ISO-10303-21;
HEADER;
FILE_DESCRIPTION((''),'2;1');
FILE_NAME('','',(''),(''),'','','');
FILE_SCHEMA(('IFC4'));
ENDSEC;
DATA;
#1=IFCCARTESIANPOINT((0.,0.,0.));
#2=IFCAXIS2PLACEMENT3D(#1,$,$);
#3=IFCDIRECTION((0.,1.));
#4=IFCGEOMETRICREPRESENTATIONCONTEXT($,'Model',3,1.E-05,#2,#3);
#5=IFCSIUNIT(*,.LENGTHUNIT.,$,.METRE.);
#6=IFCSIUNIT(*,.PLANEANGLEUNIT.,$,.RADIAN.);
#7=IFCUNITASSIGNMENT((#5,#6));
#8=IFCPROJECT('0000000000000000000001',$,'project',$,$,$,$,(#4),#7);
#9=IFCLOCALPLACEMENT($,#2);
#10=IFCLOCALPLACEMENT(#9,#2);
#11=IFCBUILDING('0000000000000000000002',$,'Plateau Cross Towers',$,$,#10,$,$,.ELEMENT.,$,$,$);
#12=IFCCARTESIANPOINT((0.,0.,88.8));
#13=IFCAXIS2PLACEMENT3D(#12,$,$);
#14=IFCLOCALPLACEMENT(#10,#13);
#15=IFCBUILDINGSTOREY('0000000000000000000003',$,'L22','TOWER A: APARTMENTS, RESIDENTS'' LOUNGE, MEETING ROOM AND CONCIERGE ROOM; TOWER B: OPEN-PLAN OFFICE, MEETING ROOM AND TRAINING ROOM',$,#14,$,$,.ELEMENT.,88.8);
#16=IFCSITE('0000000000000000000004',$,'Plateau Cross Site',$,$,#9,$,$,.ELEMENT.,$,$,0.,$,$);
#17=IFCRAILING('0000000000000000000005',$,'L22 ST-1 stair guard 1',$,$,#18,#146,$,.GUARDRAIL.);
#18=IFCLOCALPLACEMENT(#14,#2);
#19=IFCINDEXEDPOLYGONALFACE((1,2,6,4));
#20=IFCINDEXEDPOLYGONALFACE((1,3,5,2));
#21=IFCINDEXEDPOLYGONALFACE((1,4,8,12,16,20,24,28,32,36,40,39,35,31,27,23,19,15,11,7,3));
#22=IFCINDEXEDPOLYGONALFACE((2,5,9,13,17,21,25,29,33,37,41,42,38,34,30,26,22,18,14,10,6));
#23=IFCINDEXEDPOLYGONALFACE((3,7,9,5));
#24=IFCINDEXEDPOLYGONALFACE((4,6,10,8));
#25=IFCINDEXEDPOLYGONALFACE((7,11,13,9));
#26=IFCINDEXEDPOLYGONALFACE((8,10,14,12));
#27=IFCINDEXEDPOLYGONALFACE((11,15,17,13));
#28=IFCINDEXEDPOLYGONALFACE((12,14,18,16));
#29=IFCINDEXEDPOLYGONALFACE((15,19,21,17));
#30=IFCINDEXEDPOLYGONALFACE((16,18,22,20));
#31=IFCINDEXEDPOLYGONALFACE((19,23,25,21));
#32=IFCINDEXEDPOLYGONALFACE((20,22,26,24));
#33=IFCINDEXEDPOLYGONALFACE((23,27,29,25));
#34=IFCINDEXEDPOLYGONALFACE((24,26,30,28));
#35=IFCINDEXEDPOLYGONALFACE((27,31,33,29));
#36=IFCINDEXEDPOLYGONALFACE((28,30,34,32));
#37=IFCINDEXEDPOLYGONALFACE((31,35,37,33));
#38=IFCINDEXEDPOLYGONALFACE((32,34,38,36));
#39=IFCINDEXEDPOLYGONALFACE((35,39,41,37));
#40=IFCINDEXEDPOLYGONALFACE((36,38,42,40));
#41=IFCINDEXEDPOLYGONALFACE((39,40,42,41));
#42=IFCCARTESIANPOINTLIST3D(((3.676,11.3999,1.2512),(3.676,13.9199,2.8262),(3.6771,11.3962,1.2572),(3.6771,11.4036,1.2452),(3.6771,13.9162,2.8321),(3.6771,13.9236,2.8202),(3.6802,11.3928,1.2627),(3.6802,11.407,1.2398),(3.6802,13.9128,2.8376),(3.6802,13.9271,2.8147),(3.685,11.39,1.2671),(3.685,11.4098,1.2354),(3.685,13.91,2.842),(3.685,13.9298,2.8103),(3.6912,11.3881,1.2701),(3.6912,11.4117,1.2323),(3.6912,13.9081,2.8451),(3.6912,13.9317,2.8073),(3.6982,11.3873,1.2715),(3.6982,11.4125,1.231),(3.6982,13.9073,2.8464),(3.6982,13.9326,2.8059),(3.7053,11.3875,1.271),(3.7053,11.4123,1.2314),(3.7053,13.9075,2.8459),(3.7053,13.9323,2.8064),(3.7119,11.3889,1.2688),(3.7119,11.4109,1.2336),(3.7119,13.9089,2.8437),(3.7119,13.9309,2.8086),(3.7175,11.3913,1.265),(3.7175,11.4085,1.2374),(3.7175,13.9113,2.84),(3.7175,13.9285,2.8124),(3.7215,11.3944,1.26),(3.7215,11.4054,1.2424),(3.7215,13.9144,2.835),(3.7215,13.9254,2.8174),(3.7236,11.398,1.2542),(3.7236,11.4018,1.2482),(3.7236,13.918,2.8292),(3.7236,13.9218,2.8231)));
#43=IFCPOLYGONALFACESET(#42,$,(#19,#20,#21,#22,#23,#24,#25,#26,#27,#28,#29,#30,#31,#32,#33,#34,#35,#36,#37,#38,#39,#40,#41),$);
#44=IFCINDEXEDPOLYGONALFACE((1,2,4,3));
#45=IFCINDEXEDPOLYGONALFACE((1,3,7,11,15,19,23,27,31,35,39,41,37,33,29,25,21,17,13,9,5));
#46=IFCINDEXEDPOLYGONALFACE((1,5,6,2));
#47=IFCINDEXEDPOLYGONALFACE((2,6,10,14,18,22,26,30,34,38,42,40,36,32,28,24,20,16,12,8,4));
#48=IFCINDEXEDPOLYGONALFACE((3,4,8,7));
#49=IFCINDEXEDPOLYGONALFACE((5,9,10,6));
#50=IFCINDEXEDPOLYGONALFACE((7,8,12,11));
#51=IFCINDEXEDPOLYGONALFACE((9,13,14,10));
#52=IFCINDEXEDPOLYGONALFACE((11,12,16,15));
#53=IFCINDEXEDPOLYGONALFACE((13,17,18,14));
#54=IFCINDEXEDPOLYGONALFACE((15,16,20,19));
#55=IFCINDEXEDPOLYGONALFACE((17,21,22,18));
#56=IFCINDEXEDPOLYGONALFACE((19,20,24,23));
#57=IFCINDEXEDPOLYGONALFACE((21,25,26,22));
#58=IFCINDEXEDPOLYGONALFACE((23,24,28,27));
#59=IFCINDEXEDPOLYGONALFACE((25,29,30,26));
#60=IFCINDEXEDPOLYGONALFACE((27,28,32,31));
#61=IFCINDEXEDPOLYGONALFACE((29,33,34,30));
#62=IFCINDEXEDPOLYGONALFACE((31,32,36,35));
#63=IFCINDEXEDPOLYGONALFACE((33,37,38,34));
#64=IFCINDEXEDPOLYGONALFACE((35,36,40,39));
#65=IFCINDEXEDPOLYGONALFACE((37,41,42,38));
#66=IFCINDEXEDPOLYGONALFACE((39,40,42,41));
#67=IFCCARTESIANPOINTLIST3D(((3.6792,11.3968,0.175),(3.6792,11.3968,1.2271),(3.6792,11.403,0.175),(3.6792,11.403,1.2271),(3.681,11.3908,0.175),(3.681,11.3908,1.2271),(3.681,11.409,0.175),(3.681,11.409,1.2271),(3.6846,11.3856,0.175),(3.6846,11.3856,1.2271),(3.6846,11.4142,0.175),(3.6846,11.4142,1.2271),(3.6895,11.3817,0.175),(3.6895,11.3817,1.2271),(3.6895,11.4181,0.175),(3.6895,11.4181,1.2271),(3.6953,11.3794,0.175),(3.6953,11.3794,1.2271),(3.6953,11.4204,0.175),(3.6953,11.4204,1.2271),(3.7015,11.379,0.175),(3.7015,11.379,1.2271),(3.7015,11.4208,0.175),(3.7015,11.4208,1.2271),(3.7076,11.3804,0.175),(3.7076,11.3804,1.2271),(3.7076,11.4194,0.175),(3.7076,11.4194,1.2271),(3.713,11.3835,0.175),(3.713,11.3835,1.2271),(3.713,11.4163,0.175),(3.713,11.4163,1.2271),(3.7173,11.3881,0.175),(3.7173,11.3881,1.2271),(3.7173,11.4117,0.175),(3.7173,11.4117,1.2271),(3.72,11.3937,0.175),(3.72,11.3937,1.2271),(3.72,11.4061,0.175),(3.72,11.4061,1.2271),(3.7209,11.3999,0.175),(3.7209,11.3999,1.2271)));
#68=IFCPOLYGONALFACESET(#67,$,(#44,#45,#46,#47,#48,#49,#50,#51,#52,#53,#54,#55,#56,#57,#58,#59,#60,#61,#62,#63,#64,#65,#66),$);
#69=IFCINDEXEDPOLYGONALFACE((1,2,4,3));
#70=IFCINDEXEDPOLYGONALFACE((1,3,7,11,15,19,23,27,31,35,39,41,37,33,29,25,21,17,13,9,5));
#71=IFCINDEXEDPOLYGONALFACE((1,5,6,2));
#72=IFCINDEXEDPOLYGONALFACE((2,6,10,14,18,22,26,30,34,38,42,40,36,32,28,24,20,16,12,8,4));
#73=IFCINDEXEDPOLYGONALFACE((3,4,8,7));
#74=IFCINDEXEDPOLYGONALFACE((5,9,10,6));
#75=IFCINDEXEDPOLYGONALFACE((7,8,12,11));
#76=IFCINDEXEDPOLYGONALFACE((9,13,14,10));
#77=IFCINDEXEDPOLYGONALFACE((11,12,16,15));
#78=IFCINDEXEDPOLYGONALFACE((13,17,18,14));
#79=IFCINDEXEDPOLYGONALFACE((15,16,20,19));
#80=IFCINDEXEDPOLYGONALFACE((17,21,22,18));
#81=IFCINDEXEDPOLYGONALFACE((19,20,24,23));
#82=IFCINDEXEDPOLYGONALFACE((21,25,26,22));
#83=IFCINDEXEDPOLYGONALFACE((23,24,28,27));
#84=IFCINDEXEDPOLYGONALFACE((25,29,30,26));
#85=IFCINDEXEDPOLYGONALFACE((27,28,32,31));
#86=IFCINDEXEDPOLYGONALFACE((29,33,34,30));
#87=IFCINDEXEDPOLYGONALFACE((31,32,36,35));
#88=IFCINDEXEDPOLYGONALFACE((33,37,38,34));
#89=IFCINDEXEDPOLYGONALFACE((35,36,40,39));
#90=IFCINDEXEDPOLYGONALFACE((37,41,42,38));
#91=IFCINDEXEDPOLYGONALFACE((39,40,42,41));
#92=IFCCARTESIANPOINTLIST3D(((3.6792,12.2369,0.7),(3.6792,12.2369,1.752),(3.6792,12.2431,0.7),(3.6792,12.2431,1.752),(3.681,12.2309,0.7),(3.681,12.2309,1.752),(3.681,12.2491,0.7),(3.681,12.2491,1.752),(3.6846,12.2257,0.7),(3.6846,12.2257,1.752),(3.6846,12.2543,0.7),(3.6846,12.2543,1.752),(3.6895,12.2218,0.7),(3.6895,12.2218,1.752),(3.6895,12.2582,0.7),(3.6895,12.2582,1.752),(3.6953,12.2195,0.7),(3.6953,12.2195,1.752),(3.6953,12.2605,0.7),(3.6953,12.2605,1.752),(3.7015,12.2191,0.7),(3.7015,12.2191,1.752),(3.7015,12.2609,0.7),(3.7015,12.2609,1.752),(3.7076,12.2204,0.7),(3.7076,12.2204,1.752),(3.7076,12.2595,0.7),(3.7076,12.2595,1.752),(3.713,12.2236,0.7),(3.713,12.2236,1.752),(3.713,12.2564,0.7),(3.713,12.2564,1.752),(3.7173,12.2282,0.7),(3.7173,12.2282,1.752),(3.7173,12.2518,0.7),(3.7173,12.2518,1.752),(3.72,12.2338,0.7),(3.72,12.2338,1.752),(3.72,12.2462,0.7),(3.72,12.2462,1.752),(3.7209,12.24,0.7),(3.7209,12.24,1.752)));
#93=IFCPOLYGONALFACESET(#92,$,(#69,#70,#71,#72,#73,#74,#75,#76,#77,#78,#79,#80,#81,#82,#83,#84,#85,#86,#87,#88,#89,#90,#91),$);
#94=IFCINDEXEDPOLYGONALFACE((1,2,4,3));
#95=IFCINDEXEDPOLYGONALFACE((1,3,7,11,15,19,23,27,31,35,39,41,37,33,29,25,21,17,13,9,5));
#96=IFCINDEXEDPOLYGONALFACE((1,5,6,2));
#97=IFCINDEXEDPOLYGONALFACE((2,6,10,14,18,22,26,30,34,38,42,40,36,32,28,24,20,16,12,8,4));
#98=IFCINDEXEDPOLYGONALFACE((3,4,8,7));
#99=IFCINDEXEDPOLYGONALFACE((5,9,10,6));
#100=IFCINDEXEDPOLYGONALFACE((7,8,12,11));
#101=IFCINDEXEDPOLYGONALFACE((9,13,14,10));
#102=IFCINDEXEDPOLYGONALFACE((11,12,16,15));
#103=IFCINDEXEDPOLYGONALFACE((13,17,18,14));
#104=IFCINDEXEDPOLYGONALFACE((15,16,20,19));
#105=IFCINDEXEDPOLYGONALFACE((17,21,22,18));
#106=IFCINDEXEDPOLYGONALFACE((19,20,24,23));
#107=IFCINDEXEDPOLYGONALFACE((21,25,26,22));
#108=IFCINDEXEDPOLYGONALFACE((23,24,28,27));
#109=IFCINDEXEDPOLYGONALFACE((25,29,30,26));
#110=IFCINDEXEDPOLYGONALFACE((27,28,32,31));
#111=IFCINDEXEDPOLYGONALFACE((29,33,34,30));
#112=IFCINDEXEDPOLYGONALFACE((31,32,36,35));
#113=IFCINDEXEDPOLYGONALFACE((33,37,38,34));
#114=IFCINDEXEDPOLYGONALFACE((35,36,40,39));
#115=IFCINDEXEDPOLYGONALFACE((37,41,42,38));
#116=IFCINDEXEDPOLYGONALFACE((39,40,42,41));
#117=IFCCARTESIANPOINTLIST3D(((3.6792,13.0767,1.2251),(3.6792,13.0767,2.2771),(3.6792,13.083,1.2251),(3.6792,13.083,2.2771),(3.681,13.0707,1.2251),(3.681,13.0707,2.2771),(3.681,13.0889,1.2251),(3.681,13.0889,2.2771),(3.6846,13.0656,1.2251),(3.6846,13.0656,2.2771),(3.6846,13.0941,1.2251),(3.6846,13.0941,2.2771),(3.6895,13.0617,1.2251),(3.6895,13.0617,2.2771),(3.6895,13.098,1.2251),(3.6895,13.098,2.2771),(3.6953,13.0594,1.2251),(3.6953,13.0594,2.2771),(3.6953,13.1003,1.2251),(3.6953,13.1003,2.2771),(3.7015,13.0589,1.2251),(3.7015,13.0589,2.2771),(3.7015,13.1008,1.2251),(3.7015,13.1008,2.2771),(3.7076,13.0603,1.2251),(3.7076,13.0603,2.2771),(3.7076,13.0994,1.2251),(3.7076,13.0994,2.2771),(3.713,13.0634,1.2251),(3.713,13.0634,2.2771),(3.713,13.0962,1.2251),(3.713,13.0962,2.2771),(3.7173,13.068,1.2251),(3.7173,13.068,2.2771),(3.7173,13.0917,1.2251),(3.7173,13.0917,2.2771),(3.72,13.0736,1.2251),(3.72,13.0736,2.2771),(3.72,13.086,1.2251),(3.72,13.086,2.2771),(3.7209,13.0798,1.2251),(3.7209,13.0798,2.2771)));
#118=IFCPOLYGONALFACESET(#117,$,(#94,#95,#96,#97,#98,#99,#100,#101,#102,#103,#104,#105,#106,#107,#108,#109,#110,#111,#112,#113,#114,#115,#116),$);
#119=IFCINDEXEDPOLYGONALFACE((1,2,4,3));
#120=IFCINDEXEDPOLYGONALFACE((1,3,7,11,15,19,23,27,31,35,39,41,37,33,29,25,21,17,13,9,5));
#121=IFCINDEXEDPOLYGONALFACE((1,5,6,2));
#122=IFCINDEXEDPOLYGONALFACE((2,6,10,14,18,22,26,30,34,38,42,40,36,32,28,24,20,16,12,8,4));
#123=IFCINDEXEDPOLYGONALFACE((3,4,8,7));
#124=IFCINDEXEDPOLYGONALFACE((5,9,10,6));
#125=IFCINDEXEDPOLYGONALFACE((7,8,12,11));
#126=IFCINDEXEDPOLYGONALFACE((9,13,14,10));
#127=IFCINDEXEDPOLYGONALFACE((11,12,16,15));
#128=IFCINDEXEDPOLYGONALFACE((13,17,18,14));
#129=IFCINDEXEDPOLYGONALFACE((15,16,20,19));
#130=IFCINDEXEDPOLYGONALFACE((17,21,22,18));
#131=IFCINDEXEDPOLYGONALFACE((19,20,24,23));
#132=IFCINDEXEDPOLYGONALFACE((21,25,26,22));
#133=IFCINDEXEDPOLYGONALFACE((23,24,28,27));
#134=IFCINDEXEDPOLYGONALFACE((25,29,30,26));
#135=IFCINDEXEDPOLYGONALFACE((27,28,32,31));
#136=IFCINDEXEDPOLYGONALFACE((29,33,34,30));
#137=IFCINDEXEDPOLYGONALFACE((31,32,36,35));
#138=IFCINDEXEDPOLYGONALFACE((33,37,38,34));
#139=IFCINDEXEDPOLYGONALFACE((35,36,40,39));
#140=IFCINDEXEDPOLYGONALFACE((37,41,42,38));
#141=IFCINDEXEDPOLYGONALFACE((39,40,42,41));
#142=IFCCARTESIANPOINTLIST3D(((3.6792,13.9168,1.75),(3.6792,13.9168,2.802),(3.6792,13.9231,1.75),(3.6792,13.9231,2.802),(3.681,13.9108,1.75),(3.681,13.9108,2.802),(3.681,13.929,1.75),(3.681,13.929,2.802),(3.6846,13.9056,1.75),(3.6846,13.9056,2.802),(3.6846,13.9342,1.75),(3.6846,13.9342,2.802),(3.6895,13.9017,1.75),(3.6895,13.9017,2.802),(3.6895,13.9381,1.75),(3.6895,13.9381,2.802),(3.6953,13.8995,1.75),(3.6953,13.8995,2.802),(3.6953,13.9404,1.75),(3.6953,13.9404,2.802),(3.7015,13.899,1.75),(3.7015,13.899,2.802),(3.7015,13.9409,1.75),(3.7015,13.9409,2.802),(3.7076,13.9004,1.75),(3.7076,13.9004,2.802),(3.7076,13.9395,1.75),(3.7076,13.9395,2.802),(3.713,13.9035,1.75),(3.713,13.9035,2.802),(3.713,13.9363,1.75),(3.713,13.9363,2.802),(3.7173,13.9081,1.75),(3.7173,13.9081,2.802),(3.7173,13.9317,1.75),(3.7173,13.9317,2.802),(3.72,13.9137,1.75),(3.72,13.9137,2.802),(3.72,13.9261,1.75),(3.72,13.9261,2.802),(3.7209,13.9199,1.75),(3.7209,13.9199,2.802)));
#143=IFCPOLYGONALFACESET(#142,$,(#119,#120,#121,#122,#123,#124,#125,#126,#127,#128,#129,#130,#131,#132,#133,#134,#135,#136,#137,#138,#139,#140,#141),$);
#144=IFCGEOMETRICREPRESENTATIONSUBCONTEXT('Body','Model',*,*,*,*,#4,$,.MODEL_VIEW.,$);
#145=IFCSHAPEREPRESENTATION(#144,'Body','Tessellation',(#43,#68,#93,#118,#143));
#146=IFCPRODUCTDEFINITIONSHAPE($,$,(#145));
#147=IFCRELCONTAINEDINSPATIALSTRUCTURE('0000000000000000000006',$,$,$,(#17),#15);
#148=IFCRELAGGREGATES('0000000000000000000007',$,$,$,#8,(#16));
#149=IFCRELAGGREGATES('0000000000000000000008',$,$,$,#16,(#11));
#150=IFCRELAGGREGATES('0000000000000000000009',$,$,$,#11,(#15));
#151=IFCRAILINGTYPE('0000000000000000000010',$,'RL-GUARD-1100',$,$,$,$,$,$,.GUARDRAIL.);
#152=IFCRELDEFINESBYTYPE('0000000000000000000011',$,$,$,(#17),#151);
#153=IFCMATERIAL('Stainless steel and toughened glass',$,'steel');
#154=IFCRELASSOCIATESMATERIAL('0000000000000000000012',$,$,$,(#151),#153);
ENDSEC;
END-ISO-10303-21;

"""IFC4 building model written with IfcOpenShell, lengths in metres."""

from ifc_helpers import new_model, si_unit, direction, frame, origin, origin_2d, place, context, subcontext, project, spatial, circle, extrude, material, type_object, element, save


model = new_model("IFC4")

# Units and contexts
model_context = context("Model", 3, precision=1e-05, world=origin(), true_north=direction((0.0, 1.0)))
body_context = subcontext(model_context, "Body", "Model", "MODEL_VIEW")
ifc_project = project(units=[si_unit("LENGTHUNIT", "METRE"), si_unit("PLANEANGLEUNIT", "RADIAN")], contexts=[model_context])

# Site, building, storey
site_placement = place(None, origin())
site = spatial("IfcSite", under=ifc_project, at=site_placement, Name="Plateau Cross Site", CompositionType="ELEMENT", RefElevation=0.0)
building_placement = place(site_placement, origin())
building = spatial("IfcBuilding", under=site, at=building_placement, Name="Plateau Cross Towers", CompositionType="ELEMENT")
storey_placement = place(building_placement, frame((0.0, 0.0, 88.8)))
storey = spatial("IfcBuildingStorey", under=building, at=storey_placement, Name="L22", Description="TOWER A: APARTMENTS, RESIDENTS' LOUNGE, MEETING ROOM AND CONCIERGE ROOM; TOWER B: OPEN-PLAN OFFICE, MEETING ROOM AND TRAINING ROOM", CompositionType="ELEMENT", Elevation=88.8)

# Railing
ifc_material_1 = material(Name="Stainless steel and toughened glass", Category="steel")
railing_type = type_object("IfcRailingType", Name="RL-GUARD-1100", PredefinedType="GUARDRAIL", material=ifc_material_1)
railing_1_placement = place(storey_placement, frame((3.7, 11.3999, 0.175)))
element("IfcRailing", 1, at=railing_1_placement, inside=storey, type_object=railing_type, Name="L22 ST-1 stair guard 1", PredefinedType="GUARDRAIL", context=body_context, shape_type="SweptSolid", body=[
    extrude(circle(Radius=0.0239, at=origin_2d()), frame((0.0, 0.0, 1.0762), z_axis=(0.0, 0.848008, 0.529984), x_axis=(-1.0, 0.0, 0.0)), (0.0, 0.0, 1.0), 2.9717),
    extrude(circle(Radius=0.021, at=origin_2d()), origin(), (0.0, 0.0, 1.0), 1.052),
    extrude(circle(Radius=0.021, at=origin_2d()), frame((0.0, 0.8401, 0.5249)), (0.0, 0.0, 1.0), 1.052),
    extrude(circle(Radius=0.021, at=origin_2d()), frame((0.0, 1.6799, 1.05)), (0.0, 0.0, 1.0), 1.052),
    extrude(circle(Radius=0.021, at=origin_2d()), frame((0.0, 2.52, 1.575)), (0.0, 0.0, 1.0), 1.052),
])

save(model, "model.ifc")
